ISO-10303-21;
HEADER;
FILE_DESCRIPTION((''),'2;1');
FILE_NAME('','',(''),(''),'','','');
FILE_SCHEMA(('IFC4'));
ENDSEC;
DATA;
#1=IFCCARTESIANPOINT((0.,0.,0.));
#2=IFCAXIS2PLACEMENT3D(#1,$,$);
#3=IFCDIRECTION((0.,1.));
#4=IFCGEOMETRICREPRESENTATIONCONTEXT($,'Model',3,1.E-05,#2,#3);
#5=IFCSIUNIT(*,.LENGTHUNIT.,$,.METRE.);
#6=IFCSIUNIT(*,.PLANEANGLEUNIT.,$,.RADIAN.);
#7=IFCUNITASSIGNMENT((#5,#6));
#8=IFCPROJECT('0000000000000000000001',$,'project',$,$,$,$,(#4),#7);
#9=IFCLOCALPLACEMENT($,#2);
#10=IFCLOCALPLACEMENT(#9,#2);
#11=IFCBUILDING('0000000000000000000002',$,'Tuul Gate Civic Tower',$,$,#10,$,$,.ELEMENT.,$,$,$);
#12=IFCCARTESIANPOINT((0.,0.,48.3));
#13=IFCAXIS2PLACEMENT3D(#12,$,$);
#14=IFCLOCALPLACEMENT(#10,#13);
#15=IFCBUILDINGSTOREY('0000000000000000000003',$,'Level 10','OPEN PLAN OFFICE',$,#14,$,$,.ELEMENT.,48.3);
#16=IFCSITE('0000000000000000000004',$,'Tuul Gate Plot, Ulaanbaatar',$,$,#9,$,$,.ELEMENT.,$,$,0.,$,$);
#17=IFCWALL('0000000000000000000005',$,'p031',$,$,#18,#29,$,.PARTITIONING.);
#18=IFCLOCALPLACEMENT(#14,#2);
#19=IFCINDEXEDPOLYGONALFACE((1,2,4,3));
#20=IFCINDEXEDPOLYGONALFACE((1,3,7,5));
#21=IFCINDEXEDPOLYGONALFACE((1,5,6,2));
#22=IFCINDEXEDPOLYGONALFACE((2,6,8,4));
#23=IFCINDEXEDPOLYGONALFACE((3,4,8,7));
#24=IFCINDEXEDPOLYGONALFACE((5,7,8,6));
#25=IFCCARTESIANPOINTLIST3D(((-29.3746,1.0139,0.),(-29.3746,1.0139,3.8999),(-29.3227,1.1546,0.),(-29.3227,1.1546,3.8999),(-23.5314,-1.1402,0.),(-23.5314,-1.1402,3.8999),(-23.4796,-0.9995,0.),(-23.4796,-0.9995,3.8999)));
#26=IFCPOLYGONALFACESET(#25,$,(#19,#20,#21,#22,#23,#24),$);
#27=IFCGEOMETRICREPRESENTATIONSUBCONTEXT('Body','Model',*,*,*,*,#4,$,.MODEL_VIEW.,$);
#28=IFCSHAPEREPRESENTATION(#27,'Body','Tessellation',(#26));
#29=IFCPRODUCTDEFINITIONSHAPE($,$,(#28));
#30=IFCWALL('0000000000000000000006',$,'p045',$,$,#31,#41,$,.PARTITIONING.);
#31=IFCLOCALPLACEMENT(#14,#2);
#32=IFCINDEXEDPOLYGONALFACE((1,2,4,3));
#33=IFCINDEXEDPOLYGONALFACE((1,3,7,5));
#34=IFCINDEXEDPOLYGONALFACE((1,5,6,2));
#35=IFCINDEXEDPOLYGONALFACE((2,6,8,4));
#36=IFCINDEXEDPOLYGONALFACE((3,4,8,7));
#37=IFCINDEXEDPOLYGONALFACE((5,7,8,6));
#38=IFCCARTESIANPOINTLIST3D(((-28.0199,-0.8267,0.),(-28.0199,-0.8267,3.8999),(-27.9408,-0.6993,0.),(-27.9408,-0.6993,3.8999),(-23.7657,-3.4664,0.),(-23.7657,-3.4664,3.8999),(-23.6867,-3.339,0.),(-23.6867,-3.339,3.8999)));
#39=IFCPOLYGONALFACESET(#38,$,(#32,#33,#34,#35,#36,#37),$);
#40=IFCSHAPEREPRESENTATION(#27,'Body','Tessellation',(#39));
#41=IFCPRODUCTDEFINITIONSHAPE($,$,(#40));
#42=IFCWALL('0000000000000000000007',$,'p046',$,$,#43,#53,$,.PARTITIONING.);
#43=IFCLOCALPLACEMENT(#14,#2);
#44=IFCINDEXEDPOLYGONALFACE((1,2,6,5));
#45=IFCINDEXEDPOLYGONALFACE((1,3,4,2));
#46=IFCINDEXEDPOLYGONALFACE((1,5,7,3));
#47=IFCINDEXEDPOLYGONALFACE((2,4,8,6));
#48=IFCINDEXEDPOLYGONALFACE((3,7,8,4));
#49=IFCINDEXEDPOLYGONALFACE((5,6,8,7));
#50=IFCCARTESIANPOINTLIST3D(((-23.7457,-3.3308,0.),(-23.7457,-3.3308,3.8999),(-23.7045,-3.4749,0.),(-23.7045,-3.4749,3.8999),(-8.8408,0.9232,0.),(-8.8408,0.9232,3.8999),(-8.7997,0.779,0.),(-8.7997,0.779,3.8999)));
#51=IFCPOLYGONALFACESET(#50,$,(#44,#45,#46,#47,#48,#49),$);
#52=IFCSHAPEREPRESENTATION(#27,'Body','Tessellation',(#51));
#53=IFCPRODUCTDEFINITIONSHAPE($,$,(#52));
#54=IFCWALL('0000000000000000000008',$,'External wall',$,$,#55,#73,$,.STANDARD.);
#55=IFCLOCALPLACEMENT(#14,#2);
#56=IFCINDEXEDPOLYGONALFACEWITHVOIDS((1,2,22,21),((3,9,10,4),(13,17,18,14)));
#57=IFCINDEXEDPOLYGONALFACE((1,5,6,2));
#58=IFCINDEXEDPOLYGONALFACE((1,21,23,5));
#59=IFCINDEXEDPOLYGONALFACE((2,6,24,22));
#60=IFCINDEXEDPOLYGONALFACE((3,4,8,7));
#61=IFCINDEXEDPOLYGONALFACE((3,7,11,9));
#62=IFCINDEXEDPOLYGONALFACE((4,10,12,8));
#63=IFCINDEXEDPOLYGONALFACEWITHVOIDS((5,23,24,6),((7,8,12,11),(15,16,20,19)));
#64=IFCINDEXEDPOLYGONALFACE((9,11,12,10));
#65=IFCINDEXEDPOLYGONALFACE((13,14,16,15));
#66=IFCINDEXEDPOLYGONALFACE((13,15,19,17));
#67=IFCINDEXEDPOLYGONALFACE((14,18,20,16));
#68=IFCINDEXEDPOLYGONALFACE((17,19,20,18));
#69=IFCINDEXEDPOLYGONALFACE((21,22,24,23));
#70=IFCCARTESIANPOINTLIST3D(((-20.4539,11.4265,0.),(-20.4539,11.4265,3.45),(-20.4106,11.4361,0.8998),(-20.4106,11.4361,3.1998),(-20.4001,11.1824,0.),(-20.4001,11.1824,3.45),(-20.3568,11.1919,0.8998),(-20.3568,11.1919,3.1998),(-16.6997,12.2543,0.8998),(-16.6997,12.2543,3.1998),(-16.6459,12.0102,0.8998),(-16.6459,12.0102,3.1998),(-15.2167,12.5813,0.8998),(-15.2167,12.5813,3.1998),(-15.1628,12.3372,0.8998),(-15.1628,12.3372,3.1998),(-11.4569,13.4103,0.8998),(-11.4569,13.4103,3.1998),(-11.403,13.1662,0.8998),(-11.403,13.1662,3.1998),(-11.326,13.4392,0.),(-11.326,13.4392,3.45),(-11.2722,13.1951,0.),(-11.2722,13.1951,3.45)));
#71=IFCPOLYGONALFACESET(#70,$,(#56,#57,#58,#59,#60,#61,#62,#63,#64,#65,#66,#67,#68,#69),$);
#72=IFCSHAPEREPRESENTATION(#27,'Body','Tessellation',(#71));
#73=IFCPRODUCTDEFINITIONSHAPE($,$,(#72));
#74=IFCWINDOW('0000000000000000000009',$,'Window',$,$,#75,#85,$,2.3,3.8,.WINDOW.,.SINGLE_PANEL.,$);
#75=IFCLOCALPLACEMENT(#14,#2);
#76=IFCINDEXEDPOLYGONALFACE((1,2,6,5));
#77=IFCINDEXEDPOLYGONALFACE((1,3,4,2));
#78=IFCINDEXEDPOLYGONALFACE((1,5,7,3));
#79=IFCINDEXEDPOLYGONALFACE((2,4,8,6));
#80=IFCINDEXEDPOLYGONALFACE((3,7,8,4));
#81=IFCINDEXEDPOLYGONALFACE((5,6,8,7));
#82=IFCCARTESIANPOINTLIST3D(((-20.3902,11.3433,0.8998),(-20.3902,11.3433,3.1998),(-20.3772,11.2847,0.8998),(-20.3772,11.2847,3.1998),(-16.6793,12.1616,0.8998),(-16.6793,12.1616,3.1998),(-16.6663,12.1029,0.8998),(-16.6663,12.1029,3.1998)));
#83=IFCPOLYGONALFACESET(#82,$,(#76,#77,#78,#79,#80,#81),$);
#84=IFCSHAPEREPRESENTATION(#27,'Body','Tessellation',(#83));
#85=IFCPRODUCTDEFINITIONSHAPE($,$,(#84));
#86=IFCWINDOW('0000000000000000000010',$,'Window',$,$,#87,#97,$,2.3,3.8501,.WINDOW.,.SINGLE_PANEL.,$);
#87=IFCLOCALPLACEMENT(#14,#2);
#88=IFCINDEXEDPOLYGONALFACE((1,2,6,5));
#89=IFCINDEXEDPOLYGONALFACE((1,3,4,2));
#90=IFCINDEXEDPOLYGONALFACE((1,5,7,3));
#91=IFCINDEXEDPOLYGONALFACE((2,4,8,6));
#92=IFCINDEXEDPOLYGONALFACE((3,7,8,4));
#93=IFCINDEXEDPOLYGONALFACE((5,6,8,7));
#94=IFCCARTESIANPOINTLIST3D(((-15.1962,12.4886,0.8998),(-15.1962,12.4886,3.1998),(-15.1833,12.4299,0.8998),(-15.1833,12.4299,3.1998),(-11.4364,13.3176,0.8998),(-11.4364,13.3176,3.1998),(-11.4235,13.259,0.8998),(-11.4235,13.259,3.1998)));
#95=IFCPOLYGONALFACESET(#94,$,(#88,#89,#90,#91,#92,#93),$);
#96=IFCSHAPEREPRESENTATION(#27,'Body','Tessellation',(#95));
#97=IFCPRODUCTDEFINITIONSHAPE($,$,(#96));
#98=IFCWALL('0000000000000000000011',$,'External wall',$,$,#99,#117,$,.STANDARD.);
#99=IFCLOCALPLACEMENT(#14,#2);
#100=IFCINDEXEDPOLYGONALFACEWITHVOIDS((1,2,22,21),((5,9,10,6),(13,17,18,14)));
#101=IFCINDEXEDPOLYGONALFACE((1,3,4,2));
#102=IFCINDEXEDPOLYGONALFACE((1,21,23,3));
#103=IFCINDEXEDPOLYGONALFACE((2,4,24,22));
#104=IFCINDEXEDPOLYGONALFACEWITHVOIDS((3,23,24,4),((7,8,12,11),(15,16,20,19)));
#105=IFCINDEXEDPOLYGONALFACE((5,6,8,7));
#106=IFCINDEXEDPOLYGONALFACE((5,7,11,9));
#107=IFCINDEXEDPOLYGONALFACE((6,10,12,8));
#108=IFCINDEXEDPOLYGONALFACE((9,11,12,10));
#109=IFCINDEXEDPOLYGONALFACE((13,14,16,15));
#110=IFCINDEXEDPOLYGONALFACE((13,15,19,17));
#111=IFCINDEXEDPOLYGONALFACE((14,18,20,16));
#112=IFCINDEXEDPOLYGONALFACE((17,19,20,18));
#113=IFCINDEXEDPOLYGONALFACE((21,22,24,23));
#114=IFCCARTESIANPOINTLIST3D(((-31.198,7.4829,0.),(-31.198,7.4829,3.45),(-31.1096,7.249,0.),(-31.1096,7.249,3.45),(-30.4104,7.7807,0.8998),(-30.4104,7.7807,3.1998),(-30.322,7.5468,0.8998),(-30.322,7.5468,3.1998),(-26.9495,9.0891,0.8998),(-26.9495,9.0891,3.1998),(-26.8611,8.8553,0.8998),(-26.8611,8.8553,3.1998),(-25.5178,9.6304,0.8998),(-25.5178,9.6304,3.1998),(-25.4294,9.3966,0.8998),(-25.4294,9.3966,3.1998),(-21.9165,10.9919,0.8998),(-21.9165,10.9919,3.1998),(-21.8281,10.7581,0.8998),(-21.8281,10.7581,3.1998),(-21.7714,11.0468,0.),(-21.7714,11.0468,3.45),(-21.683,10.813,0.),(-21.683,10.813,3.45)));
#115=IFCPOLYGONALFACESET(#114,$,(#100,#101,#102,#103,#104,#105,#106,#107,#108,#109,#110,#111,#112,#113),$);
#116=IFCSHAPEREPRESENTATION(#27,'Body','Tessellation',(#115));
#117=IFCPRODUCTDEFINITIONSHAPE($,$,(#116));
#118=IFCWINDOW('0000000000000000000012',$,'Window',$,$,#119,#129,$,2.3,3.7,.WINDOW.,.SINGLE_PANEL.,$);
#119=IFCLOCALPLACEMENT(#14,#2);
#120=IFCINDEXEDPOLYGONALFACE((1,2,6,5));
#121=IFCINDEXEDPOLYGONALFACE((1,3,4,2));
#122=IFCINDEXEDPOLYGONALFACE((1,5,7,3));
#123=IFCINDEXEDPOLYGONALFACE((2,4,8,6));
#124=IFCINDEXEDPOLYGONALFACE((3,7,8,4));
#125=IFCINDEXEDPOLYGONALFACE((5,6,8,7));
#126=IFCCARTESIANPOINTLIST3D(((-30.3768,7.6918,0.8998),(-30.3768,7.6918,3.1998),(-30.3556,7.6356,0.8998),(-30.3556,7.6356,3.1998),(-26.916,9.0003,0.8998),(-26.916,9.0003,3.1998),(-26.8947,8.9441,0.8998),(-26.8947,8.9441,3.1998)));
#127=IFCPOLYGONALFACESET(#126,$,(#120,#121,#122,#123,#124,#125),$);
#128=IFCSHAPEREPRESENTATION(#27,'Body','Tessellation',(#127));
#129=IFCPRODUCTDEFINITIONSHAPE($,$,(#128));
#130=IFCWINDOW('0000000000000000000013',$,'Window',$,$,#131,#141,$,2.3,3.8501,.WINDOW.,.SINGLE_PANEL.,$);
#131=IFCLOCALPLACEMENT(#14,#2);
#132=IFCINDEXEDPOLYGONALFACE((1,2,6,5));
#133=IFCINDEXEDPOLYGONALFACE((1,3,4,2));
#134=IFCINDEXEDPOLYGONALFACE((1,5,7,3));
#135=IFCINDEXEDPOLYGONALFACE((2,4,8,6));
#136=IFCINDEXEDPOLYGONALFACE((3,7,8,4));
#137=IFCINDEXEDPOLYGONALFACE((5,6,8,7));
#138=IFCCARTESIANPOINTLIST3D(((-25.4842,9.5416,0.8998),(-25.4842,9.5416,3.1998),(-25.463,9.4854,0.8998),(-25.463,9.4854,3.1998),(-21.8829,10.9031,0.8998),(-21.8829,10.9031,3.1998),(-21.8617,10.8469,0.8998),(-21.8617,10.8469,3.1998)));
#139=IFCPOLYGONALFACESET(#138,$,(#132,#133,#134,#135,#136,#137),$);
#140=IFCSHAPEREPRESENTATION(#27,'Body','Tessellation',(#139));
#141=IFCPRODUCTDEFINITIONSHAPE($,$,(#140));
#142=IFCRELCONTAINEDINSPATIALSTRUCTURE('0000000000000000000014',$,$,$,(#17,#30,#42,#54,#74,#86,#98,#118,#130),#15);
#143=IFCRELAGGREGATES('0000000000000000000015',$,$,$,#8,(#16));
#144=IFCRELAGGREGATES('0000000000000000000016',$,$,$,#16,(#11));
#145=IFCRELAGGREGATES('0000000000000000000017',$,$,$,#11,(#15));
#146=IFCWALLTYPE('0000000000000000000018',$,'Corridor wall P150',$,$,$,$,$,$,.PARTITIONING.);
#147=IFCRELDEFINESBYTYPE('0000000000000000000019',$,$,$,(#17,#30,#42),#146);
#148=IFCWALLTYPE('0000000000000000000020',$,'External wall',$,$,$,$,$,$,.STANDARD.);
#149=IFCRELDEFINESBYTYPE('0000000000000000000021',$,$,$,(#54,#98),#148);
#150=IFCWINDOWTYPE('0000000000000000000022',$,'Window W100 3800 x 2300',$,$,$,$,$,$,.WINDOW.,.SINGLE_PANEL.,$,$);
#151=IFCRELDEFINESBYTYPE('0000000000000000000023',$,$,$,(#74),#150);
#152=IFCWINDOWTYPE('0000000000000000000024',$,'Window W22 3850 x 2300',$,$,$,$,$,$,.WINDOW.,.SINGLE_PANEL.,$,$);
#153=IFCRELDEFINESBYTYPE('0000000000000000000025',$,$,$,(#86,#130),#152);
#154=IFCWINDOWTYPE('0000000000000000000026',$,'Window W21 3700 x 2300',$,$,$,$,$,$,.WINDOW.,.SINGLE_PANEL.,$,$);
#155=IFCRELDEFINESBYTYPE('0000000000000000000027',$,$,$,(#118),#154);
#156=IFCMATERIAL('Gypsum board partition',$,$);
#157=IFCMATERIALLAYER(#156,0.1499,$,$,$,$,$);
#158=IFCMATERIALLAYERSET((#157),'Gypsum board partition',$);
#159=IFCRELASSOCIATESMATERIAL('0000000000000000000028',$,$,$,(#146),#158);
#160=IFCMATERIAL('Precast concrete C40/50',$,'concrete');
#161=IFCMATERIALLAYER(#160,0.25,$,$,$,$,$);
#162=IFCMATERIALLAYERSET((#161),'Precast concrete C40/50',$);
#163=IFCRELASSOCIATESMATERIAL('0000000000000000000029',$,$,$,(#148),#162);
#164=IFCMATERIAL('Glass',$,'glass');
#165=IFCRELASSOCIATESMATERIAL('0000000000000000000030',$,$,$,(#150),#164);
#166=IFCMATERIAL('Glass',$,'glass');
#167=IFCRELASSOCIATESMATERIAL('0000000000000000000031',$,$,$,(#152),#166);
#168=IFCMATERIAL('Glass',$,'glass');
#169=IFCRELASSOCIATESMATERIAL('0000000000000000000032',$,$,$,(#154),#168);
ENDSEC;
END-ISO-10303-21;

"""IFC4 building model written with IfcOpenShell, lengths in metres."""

from ifc_helpers import new_model, si_unit, direction, frame, frame_2d, origin, place, context, subcontext, project, spatial, rectangle, extrude, material, layer, layer_set, type_object, element, fill, save


model = new_model("IFC4")

# Units and contexts
model_context = context("Model", 3, precision=1e-05, world=origin(), true_north=direction((0.0, 1.0)))
body_context = subcontext(model_context, "Body", "Model", "MODEL_VIEW")
ifc_project = project(units=[si_unit("LENGTHUNIT", "METRE"), si_unit("PLANEANGLEUNIT", "RADIAN")], contexts=[model_context])

# Site, building, storey
site_placement = place(None, origin())
site = spatial("IfcSite", under=ifc_project, at=site_placement, Name="Tuul Gate Plot, Ulaanbaatar", CompositionType="ELEMENT", RefElevation=0.0)
building_placement = place(site_placement, origin())
building = spatial("IfcBuilding", under=site, at=building_placement, Name="Tuul Gate Civic Tower", CompositionType="ELEMENT")
storey_placement = place(building_placement, frame((0.0, 0.0, 48.3)))
storey = spatial("IfcBuildingStorey", under=building, at=storey_placement, Name="Level 10", Description="OPEN PLAN OFFICE", CompositionType="ELEMENT", Elevation=48.3)

# Shared definitions
ifc_material_1 = material(Name="Gypsum board partition")
ifc_layer_1 = layer(ifc_material_1, 0.1499)
ifc_layer_set_1 = layer_set([ifc_layer_1], Name="Gypsum board partition")
wall_type_1 = type_object("IfcWallType", Name="Corridor wall P150", PredefinedType="PARTITIONING", material=ifc_layer_set_1)

# Walls
wall_1_placement = place(storey_placement, frame((-29.3486, 1.0842, 0.0), z_axis=(0.0, 0.0, 1.0), x_axis=(0.938272, -0.345898, 0.0)))
element("IfcWall", 1, at=wall_1_placement, inside=storey, type_object=wall_type_1, Name="p031", PredefinedType="PARTITIONING", context=body_context, shape_type="SweptSolid", body=[
    extrude(rectangle(XDim=6.2275, YDim=0.1499, at=frame_2d((3.1138, 0.0))), origin(), (0.0, 0.0, 1.0), 3.8999),
])
wall_2_placement = place(storey_placement, frame((-27.9805, -0.7629, 0.0), z_axis=(0.0, 0.0, 1.0), x_axis=(0.849717, -0.527239, 0.0)))
element("IfcWall", 2, at=wall_2_placement, inside=storey, type_object=wall_type_1, Name="p045", PredefinedType="PARTITIONING", context=body_context, shape_type="SweptSolid", body=[
    extrude(rectangle(XDim=5.0066, YDim=0.1499, at=frame_2d((2.5034, 0.0))), origin(), (0.0, 0.0, 1.0), 3.8999),
])
wall_3_placement = place(storey_placement, frame((-23.7251, -3.4028, 0.0), z_axis=(0.0, 0.0, 1.0), x_axis=(0.961602, 0.274447, 0.0)))
element("IfcWall", 3, at=wall_3_placement, inside=storey, type_object=wall_type_1, Name="p046", PredefinedType="PARTITIONING", context=body_context, shape_type="SweptSolid", body=[
    extrude(rectangle(XDim=15.5, YDim=0.1499, at=frame_2d((7.75, 0.0))), origin(), (0.0, 0.0, 1.0), 3.8999),
])

# Walls, openings, windows
ifc_material_2 = material(Name="Precast concrete C40/50", Category="concrete")
ifc_layer_2 = layer(ifc_material_2, 0.25)
ifc_layer_set_2 = layer_set([ifc_layer_2], Name="Precast concrete C40/50")
wall_type_2 = type_object("IfcWallType", Name="External wall", PredefinedType="STANDARD", material=ifc_layer_set_2)
wall_4_placement = place(storey_placement, frame((-11.2991, 13.3171, 0.0), z_axis=(0.0, 0.0, 1.0), x_axis=(-0.976542, -0.215326, 0.0)))
wall_4 = element("IfcWall", 4, at=wall_4_placement, inside=storey, type_object=wall_type_2, Name="External wall", PredefinedType="STANDARD", context=body_context, shape_type="SweptSolid", body=[
    extrude(rectangle(XDim=9.3472, YDim=0.25, at=frame_2d((4.6736, 0.0))), origin(), (0.0, 0.0, 1.0), 3.45),
])
opening_1_placement = place(wall_4_placement, frame((0.134, 0.0, 0.8999)))
opening_1 = element("IfcOpeningElement", 5, at=opening_1_placement, cuts=wall_4, PredefinedType="OPENING", context=body_context, shape_type="SweptSolid", body=[
    extrude(rectangle(XDim=3.8501, YDim=2.3, at=frame_2d((1.925, 1.1499))), frame((0.0, 0.135, 0.0), z_axis=(0.0, -1.0, 0.0), x_axis=(1.0, 0.0, 0.0)), (0.0, 0.0, 1.0), 0.27),
])
opening_2_placement = place(wall_4_placement, frame((5.5029, 0.0, 0.8999)))
opening_2 = element("IfcOpeningElement", 6, at=opening_2_placement, cuts=wall_4, PredefinedType="OPENING", context=body_context, shape_type="SweptSolid", body=[
    extrude(rectangle(XDim=3.8, YDim=2.3, at=frame_2d((1.8999, 1.1499))), frame((0.0, 0.135, 0.0), z_axis=(0.0, -1.0, 0.0), x_axis=(1.0, 0.0, 0.0)), (0.0, 0.0, 1.0), 0.27),
])
ifc_material_3 = material(Name="Glass", Category="glass")
window_type_1 = type_object("IfcWindowType", Name="Window W100 3800 x 2300", PartitioningType="SINGLE_PANEL", PredefinedType="WINDOW", material=ifc_material_3)
window_1_placement = place(opening_2_placement, origin())
window_1 = element("IfcWindow", 7, at=window_1_placement, inside=storey, type_object=window_type_1, Name="Window", OverallHeight=2.3, OverallWidth=3.8, PartitioningType="SINGLE_PANEL", PredefinedType="WINDOW", context=body_context, shape_type="SweptSolid", body=[
    extrude(rectangle(XDim=3.8, YDim=2.3, at=frame_2d((1.8999, 1.1499))), frame((0.0, 0.03, 0.0), z_axis=(0.0, -1.0, 0.0), x_axis=(1.0, 0.0, 0.0)), (0.0, 0.0, 1.0), 0.0601),
])
fill(opening_2, window_1)
ifc_material_4 = material(Name="Glass", Category="glass")
window_type_2 = type_object("IfcWindowType", Name="Window W22 3850 x 2300", PartitioningType="SINGLE_PANEL", PredefinedType="WINDOW", material=ifc_material_4)
window_2_placement = place(opening_1_placement, origin())
window_2 = element("IfcWindow", 8, at=window_2_placement, inside=storey, type_object=window_type_2, Name="Window", OverallHeight=2.3, OverallWidth=3.8501, PartitioningType="SINGLE_PANEL", PredefinedType="WINDOW", context=body_context, shape_type="SweptSolid", body=[
    extrude(rectangle(XDim=3.8501, YDim=2.3, at=frame_2d((1.925, 1.1499))), frame((0.0, 0.03, 0.0), z_axis=(0.0, -1.0, 0.0), x_axis=(1.0, 0.0, 0.0)), (0.0, 0.0, 1.0), 0.0601),
])
fill(opening_1, window_2)
wall_5_placement = place(storey_placement, frame((-21.7271, 10.9299, 0.0), z_axis=(0.0, 0.0, 1.0), x_axis=(-0.935382, -0.353639, 0.0)))
wall_5 = element("IfcWall", 9, at=wall_5_placement, inside=storey, type_object=wall_type_2, Name="External wall", PredefinedType="STANDARD", context=body_context, shape_type="SweptSolid", body=[
    extrude(rectangle(XDim=10.0779, YDim=0.25, at=frame_2d((5.0391, 0.0))), origin(), (0.0, 0.0, 1.0), 3.45),
])
opening_3_placement = place(wall_5_placement, frame((0.1553, 0.0, 0.8999)))
opening_3 = element("IfcOpeningElement", 10, at=opening_3_placement, cuts=wall_5, PredefinedType="OPENING", context=body_context, shape_type="SweptSolid", body=[
    extrude(rectangle(XDim=3.8501, YDim=2.3, at=frame_2d((1.925, 1.1499))), frame((0.0, 0.135, 0.0), z_axis=(0.0, -1.0, 0.0), x_axis=(1.0, 0.0, 0.0)), (0.0, 0.0, 1.0), 0.27),
])
opening_4_placement = place(wall_5_placement, frame((5.5359, 0.0, 0.8999)))
opening_4 = element("IfcOpeningElement", 11, at=opening_4_placement, cuts=wall_5, PredefinedType="OPENING", context=body_context, shape_type="SweptSolid", body=[
    extrude(rectangle(XDim=3.7, YDim=2.3, at=frame_2d((1.8501, 1.1499))), frame((0.0, 0.135, 0.0), z_axis=(0.0, -1.0, 0.0), x_axis=(1.0, 0.0, 0.0)), (0.0, 0.0, 1.0), 0.27),
])
ifc_material_5 = material(Name="Glass", Category="glass")
window_type_3 = type_object("IfcWindowType", Name="Window W21 3700 x 2300", PartitioningType="SINGLE_PANEL", PredefinedType="WINDOW", material=ifc_material_5)
window_3_placement = place(opening_4_placement, origin())
window_3 = element("IfcWindow", 12, at=window_3_placement, inside=storey, type_object=window_type_3, Name="Window", OverallHeight=2.3, OverallWidth=3.7, PartitioningType="SINGLE_PANEL", PredefinedType="WINDOW", context=body_context, shape_type="SweptSolid", body=[
    extrude(rectangle(XDim=3.7, YDim=2.3, at=frame_2d((1.8501, 1.1499))), frame((0.0, 0.03, 0.0), z_axis=(0.0, -1.0, 0.0), x_axis=(1.0, 0.0, 0.0)), (0.0, 0.0, 1.0), 0.0601),
])
fill(opening_4, window_3)
window_4_placement = place(opening_3_placement, origin())
window_4 = element("IfcWindow", 13, at=window_4_placement, inside=storey, type_object=window_type_2, Name="Window", OverallHeight=2.3, OverallWidth=3.8501, PartitioningType="SINGLE_PANEL", PredefinedType="WINDOW", context=body_context, shape_type="SweptSolid", body=[
    extrude(rectangle(XDim=3.8501, YDim=2.3, at=frame_2d((1.925, 1.1499))), frame((0.0, 0.03, 0.0), z_axis=(0.0, -1.0, 0.0), x_axis=(1.0, 0.0, 0.0)), (0.0, 0.0, 1.0), 0.0601),
])
fill(opening_3, window_4)

save(model, "model.ifc")
